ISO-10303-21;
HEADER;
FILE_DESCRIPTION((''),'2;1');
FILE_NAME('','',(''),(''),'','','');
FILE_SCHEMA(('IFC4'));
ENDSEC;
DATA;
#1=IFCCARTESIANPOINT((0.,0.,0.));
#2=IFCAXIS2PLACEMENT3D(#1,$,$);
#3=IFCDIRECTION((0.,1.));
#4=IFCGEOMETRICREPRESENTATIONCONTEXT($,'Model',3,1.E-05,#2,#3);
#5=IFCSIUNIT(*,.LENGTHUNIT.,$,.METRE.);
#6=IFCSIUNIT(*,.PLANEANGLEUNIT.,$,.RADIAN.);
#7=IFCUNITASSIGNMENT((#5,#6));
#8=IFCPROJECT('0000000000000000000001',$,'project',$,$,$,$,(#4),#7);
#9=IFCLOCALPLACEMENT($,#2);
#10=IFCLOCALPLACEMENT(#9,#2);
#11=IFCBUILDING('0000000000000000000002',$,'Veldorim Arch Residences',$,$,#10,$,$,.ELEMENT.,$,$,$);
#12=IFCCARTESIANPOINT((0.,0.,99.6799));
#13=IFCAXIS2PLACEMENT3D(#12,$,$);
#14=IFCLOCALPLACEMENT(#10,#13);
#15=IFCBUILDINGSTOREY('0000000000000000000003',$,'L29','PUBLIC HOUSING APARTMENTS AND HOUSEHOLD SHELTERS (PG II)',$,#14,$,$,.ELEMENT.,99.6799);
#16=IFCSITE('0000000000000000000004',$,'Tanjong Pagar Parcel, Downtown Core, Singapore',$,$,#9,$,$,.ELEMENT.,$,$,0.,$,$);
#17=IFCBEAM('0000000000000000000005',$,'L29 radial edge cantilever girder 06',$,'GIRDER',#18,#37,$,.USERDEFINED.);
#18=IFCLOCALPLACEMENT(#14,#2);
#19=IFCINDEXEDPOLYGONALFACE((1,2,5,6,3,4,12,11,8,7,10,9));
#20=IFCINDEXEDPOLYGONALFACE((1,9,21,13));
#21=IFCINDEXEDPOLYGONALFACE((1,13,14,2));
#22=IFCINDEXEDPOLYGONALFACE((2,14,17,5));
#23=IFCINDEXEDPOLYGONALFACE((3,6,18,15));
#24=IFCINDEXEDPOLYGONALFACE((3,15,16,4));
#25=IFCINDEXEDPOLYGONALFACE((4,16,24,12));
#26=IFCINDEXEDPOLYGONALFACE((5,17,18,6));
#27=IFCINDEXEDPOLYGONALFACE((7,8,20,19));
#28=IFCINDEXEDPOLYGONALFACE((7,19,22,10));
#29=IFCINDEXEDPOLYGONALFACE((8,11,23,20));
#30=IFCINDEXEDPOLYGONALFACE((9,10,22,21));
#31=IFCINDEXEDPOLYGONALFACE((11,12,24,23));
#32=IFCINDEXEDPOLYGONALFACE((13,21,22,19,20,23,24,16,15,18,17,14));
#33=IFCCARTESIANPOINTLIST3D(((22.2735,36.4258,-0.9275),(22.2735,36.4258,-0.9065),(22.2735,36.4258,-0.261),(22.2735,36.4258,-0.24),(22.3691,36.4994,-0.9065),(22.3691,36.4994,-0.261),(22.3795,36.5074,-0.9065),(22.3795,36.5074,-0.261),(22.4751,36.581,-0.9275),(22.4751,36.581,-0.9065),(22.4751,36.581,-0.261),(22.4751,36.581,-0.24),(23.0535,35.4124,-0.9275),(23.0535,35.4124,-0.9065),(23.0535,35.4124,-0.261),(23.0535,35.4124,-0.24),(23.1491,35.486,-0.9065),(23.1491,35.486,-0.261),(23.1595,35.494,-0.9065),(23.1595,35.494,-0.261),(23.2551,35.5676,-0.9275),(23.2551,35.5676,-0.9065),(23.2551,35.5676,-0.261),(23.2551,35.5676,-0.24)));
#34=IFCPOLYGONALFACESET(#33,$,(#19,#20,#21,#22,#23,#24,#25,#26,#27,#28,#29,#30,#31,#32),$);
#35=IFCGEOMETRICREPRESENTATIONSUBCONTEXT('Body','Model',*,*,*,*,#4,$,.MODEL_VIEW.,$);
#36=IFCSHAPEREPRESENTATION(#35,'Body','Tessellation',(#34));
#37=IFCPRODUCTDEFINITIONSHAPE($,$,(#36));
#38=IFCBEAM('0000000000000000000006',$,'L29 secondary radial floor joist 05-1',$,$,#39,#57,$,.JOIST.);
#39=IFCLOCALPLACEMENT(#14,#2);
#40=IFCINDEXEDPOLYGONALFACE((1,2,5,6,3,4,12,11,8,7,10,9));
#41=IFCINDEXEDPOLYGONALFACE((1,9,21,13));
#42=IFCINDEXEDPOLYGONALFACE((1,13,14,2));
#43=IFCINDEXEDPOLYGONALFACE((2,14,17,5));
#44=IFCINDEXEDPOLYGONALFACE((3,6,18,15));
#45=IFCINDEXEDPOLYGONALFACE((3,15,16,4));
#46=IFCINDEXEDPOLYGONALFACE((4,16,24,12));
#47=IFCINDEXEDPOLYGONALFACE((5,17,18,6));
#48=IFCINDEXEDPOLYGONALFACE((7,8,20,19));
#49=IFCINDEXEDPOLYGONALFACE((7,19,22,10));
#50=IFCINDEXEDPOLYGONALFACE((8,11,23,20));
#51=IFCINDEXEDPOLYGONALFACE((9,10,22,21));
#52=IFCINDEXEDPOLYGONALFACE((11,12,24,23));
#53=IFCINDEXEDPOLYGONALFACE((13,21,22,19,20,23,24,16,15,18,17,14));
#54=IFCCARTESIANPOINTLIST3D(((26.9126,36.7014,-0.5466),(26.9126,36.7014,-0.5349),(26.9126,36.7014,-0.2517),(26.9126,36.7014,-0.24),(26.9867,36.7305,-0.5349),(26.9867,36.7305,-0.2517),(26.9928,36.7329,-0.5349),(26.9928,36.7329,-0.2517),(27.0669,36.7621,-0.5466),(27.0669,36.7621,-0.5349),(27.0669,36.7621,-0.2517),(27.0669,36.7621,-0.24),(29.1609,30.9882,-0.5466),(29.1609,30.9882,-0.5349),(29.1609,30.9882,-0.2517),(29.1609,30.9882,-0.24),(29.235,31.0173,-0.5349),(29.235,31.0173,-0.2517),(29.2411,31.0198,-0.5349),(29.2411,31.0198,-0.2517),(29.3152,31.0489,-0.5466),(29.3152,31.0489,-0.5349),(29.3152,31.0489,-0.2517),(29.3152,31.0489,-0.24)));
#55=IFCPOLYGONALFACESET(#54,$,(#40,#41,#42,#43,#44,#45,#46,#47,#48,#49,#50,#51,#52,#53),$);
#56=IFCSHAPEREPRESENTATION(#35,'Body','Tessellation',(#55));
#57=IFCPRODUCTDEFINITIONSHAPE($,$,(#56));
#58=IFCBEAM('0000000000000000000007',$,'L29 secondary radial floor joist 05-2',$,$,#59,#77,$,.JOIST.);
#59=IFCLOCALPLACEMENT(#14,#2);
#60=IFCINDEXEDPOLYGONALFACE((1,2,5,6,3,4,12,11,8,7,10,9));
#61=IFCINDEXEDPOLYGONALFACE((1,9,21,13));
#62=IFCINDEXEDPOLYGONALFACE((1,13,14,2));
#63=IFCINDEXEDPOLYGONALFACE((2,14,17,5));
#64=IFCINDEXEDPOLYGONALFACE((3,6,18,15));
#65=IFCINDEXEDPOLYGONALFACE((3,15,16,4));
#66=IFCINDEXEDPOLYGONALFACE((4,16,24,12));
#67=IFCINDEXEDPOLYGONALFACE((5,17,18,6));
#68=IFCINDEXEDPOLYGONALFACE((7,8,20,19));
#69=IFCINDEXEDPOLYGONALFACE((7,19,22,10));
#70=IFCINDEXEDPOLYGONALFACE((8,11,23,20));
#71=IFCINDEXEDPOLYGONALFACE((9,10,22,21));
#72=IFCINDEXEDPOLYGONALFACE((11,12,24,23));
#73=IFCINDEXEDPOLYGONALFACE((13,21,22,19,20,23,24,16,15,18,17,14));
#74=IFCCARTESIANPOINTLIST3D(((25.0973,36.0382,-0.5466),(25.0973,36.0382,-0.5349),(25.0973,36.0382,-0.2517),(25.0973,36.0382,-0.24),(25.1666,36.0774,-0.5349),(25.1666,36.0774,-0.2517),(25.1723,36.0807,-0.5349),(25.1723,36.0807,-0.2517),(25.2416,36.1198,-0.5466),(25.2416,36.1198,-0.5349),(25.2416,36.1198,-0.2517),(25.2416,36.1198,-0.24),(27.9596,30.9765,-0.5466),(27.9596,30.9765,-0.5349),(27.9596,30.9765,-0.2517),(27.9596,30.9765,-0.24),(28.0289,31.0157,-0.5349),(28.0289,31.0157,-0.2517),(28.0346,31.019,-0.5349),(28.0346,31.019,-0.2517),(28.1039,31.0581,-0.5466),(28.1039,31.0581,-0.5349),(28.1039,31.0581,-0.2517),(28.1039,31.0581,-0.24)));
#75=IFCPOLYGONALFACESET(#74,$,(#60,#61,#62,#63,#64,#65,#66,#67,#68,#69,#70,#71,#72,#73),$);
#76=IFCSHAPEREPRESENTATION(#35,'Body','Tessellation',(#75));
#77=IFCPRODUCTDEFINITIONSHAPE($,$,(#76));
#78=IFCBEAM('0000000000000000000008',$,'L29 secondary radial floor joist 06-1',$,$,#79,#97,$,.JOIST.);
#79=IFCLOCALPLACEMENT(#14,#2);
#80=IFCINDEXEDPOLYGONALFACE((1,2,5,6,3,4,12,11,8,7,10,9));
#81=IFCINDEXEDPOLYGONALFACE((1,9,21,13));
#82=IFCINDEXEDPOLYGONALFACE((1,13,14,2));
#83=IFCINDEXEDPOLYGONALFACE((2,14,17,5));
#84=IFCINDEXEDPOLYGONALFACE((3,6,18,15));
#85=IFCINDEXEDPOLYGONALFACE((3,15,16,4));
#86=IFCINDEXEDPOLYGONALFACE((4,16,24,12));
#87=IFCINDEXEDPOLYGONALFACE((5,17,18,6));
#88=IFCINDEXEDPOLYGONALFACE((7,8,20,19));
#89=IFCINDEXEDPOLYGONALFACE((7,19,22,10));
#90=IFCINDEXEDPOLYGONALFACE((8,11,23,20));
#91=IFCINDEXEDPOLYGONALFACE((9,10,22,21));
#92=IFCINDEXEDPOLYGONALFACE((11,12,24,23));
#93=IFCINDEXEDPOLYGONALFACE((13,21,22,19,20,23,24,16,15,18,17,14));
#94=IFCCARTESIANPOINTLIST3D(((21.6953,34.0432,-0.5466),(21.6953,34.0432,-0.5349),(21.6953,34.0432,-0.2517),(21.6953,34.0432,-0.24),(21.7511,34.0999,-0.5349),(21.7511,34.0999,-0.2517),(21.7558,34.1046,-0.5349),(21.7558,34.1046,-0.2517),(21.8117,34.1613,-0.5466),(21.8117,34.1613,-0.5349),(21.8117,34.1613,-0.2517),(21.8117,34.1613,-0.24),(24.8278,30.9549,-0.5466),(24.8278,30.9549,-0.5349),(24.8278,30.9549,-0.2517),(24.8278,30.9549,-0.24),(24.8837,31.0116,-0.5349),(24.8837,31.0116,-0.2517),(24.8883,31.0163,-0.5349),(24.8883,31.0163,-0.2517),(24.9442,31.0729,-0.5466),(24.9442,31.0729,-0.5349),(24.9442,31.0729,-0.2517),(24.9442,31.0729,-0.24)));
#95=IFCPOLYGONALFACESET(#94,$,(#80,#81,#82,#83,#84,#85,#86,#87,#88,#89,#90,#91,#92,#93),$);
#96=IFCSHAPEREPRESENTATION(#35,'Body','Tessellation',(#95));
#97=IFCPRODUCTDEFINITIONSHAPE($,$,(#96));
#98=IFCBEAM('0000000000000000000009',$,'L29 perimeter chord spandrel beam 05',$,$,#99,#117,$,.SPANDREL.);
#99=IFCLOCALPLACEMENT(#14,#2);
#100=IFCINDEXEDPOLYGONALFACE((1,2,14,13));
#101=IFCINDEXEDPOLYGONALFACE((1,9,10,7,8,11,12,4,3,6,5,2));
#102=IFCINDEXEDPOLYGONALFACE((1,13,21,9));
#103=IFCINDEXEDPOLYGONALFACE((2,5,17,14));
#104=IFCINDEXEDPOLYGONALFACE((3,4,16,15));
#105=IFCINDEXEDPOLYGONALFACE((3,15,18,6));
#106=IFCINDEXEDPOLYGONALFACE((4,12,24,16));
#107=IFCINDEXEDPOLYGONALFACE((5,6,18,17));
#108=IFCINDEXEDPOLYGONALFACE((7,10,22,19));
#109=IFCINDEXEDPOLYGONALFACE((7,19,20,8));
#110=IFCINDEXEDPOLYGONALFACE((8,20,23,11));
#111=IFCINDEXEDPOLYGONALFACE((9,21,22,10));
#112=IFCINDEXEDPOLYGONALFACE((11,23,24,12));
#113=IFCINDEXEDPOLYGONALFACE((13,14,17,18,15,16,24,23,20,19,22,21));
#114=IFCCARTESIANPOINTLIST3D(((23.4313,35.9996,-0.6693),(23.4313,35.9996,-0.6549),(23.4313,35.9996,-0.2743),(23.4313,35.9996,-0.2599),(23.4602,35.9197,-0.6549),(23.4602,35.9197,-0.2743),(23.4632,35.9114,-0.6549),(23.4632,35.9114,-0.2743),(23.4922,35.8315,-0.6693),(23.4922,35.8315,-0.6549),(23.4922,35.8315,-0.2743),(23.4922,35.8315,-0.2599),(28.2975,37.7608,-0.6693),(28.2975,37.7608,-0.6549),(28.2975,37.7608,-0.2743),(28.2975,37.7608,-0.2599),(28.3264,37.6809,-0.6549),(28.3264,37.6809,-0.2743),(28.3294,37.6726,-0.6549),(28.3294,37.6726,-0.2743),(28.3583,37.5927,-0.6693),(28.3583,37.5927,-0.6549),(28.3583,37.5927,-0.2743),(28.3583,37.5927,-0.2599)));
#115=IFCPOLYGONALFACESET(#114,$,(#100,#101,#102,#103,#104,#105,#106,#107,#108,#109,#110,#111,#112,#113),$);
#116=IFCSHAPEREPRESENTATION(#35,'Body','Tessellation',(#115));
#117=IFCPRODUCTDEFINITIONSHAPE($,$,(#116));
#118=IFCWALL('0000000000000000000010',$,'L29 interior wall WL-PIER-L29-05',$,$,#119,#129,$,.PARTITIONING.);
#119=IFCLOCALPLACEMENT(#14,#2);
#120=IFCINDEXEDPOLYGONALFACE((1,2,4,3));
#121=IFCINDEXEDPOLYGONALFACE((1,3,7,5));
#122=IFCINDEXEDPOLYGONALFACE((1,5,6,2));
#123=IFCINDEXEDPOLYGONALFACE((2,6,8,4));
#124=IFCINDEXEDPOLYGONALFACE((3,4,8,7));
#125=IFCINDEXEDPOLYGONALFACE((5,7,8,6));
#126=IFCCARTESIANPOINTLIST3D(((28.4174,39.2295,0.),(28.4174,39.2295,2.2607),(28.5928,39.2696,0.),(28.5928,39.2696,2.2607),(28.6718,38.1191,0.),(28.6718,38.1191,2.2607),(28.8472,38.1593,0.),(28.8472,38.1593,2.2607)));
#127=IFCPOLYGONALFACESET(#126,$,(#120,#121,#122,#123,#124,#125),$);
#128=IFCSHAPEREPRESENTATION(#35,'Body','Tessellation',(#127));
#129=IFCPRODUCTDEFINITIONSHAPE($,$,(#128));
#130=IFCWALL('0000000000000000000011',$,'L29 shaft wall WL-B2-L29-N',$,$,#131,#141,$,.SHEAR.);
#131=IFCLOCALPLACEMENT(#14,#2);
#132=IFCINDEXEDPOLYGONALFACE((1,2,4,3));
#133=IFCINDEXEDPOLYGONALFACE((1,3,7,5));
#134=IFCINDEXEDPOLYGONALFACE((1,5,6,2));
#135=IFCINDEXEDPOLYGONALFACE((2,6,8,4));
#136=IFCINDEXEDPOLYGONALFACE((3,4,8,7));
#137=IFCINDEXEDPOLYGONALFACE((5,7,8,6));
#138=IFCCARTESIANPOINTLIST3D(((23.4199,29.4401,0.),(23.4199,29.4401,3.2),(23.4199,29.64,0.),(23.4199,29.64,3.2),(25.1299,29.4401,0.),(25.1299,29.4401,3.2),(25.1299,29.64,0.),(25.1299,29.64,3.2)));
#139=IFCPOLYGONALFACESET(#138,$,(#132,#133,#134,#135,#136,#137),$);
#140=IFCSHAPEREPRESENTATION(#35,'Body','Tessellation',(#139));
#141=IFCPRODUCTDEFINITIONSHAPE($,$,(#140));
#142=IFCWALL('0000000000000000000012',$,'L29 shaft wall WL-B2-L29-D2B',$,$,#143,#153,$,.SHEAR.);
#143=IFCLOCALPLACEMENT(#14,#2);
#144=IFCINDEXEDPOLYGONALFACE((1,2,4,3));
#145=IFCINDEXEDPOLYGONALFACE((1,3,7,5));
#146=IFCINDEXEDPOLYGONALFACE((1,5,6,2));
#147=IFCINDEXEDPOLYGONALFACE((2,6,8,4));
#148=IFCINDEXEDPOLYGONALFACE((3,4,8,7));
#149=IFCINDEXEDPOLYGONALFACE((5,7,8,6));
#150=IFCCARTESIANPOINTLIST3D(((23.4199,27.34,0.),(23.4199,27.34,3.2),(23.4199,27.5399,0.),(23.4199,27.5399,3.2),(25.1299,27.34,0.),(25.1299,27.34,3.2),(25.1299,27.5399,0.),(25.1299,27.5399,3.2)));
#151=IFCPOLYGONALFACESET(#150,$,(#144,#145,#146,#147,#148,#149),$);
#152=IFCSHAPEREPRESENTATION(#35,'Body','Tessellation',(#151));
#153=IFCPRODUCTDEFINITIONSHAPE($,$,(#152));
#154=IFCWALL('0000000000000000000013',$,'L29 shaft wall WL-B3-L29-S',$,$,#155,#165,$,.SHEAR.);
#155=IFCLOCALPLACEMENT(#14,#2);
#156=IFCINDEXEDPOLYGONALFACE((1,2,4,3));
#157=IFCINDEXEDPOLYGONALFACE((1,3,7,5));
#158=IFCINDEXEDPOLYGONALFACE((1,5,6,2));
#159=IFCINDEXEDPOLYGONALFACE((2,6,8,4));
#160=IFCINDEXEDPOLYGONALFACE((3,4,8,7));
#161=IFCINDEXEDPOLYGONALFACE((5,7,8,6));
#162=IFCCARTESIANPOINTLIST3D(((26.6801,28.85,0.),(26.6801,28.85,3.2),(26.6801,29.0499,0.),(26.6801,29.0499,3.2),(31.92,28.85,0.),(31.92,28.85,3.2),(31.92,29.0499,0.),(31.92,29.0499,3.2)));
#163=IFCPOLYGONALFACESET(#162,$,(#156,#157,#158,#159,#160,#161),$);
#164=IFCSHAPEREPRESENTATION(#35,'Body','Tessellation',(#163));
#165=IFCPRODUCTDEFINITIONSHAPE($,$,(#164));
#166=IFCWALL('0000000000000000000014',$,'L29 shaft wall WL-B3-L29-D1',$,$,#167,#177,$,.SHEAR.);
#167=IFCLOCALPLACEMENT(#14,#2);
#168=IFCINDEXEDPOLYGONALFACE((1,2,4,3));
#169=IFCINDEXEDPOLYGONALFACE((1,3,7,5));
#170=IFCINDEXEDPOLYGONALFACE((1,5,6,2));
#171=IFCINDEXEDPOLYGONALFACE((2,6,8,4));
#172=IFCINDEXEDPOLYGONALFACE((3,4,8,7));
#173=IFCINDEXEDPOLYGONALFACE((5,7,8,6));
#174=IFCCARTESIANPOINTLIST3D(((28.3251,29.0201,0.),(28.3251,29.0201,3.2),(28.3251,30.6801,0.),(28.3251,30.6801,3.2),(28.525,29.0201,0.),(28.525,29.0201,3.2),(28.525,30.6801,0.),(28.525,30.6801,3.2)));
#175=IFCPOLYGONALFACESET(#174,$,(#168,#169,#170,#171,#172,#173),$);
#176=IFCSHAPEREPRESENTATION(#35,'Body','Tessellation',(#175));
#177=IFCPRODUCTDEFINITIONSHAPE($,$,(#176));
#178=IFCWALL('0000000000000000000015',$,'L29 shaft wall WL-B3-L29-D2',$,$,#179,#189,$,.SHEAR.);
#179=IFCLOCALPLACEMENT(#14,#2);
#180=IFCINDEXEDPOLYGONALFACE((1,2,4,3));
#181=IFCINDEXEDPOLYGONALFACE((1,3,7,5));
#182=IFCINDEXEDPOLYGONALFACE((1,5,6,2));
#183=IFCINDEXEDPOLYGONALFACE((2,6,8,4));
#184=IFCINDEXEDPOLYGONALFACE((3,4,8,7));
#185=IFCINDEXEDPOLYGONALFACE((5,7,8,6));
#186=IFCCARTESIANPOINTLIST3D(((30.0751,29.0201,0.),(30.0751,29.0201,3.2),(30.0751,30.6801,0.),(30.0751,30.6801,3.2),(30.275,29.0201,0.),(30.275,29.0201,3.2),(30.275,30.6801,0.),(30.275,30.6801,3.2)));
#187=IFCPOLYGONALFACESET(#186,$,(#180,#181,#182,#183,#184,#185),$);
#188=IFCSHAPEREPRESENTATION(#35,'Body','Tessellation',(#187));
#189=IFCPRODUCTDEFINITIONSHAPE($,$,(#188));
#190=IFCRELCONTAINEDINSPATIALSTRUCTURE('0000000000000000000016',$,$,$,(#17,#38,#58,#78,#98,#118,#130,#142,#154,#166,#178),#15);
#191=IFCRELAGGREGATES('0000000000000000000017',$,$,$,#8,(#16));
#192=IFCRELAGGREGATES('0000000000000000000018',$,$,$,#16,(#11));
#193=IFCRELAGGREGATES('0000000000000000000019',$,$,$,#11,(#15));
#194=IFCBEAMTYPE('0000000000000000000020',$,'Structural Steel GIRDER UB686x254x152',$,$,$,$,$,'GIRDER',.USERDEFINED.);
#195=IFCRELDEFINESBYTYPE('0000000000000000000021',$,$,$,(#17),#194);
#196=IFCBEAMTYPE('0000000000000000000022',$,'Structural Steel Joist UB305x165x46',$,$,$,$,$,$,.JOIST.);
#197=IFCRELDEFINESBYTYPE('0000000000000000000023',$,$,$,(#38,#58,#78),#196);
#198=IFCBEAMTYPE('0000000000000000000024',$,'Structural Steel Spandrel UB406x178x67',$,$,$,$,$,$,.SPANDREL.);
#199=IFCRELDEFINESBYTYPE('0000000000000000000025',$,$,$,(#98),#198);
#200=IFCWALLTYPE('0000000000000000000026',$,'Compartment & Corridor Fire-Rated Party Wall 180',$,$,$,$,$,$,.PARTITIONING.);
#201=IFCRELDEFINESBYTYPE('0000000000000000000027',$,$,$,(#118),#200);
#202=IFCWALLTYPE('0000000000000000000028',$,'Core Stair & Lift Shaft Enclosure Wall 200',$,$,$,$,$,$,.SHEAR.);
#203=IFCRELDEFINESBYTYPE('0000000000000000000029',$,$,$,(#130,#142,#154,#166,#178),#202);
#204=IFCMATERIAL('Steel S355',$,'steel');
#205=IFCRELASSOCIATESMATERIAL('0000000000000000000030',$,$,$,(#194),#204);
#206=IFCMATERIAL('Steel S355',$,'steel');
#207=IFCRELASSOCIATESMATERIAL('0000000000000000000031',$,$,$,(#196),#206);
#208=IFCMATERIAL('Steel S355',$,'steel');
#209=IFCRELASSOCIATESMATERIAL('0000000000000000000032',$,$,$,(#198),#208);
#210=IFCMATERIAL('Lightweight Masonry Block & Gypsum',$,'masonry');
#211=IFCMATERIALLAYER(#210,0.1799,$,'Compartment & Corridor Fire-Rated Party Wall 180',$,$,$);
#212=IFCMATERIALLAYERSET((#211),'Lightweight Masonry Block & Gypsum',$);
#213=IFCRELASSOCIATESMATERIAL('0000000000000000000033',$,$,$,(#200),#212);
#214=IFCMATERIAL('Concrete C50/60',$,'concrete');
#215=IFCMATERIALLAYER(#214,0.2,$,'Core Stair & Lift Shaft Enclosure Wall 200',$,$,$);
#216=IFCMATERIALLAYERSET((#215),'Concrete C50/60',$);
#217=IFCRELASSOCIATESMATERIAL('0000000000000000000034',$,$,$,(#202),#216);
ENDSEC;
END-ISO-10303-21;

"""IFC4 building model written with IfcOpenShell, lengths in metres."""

from ifc_helpers import new_model, si_unit, direction, frame, frame_2d, origin, origin_2d, place, context, subcontext, project, spatial, rectangle, i_section, extrude, material, layer, layer_set, material_profile, profile_set, type_object, element, save


model = new_model("IFC4")

# Units and contexts
model_context = context("Model", 3, precision=1e-05, world=origin(), true_north=direction((0.0, 1.0)))
body_context = subcontext(model_context, "Body", "Model", "MODEL_VIEW")
ifc_project = project(units=[si_unit("LENGTHUNIT", "METRE"), si_unit("PLANEANGLEUNIT", "RADIAN")], contexts=[model_context])

# Site, building, storey
site_placement = place(None, origin())
site = spatial("IfcSite", under=ifc_project, at=site_placement, Name="Tanjong Pagar Parcel, Downtown Core, Singapore", CompositionType="ELEMENT", RefElevation=0.0)
building_placement = place(site_placement, origin())
building = spatial("IfcBuilding", under=site, at=building_placement, Name="Veldorim Arch Residences", CompositionType="ELEMENT")
storey_placement = place(building_placement, frame((0.0, 0.0, 99.6799)))
storey = spatial("IfcBuildingStorey", under=building, at=storey_placement, Name="L29", Description="PUBLIC HOUSING APARTMENTS AND HOUSEHOLD SHELTERS (PG II)", CompositionType="ELEMENT", Elevation=99.6799)

# Beams
ifc_material_1 = material(Name="Steel S355", Category="steel")
ifc_material_profile_1 = material_profile(ifc_material_1, i_section(OverallWidth=0.2544, OverallDepth=0.6875, WebThickness=0.0132, FlangeThickness=0.021, at=origin_2d()), Name="UB686x254x152")
ifc_profile_set_1 = profile_set([ifc_material_profile_1], Name="Steel S355")
beam_type_1 = type_object("IfcBeamType", Name="Structural Steel GIRDER UB686x254x152", ElementType="GIRDER", PredefinedType="USERDEFINED", material=ifc_profile_set_1)
beam_1_placement = place(storey_placement, frame((23.1543, 35.49, -0.5837), z_axis=(-0.609941, 0.792447, 0.0), x_axis=(-0.792447, -0.609941, 0.0)))
element("IfcBeam", 1, at=beam_1_placement, inside=storey, type_object=beam_type_1, Name="L29 radial edge cantilever girder 06", ObjectType="GIRDER", PredefinedType="USERDEFINED", context=body_context, shape_type="SweptSolid", body=[
    extrude(i_section(OverallWidth=0.2544, OverallDepth=0.6875, WebThickness=0.0132, FlangeThickness=0.021, at=origin_2d()), origin(), (0.0, 0.0, 1.0), 1.2788),
])
ifc_material_2 = material(Name="Steel S355", Category="steel")
ifc_material_profile_2 = material_profile(ifc_material_2, i_section(OverallWidth=0.1658, OverallDepth=0.3066, WebThickness=0.0066, FlangeThickness=0.0117, at=origin_2d()), Name="UB305x165x46")
ifc_profile_set_2 = profile_set([ifc_material_profile_2], Name="Steel S355")
beam_type_2 = type_object("IfcBeamType", Name="Structural Steel Joist UB305x165x46", PredefinedType="JOIST", material=ifc_profile_set_2)
beam_2_placement = place(storey_placement, frame((29.238, 31.0186, -0.3933), z_axis=(-0.366195, 0.930538, 0.0), x_axis=(-0.930538, -0.366195, 0.0)))
element("IfcBeam", 2, at=beam_2_placement, inside=storey, type_object=beam_type_2, Name="L29 secondary radial floor joist 05-1", PredefinedType="JOIST", context=body_context, shape_type="SweptSolid", body=[
    extrude(i_section(OverallWidth=0.1658, OverallDepth=0.3066, WebThickness=0.0066, FlangeThickness=0.0117, at=origin_2d()), origin(), (0.0, 0.0, 1.0), 6.1396),
])
beam_3_placement = place(storey_placement, frame((28.0317, 31.0173, -0.3933), z_axis=(-0.492227, 0.870467, 0.0), x_axis=(-0.870467, -0.492227, 0.0)))
element("IfcBeam", 3, at=beam_3_placement, inside=storey, type_object=beam_type_2, Name="L29 secondary radial floor joist 05-2", PredefinedType="JOIST", context=body_context, shape_type="SweptSolid", body=[
    extrude(i_section(OverallWidth=0.1658, OverallDepth=0.3066, WebThickness=0.0066, FlangeThickness=0.0117, at=origin_2d()), origin(), (0.0, 0.0, 1.0), 5.8149),
])
beam_4_placement = place(storey_placement, frame((24.886, 31.0139, -0.3933), z_axis=(-0.712112, 0.702066, 0.0), x_axis=(-0.702066, -0.712112, 0.0)))
element("IfcBeam", 4, at=beam_4_placement, inside=storey, type_object=beam_type_2, Name="L29 secondary radial floor joist 06-1", PredefinedType="JOIST", context=body_context, shape_type="SweptSolid", body=[
    extrude(i_section(OverallWidth=0.1658, OverallDepth=0.3066, WebThickness=0.0066, FlangeThickness=0.0117, at=origin_2d()), origin(), (0.0, 0.0, 1.0), 4.3989),
])
ifc_material_3 = material(Name="Steel S355", Category="steel")
ifc_material_profile_3 = material_profile(ifc_material_3, i_section(OverallWidth=0.1787, OverallDepth=0.4094, WebThickness=0.0088, FlangeThickness=0.0144, at=origin_2d()), Name="UB406x178x67")
ifc_profile_set_3 = profile_set([ifc_material_profile_3], Name="Steel S355")
beam_type_3 = type_object("IfcBeamType", Name="Structural Steel Spandrel UB406x178x67", PredefinedType="SPANDREL", material=ifc_profile_set_3)
beam_5_placement = place(storey_placement, frame((28.3279, 37.6768, -0.4646), z_axis=(-0.940308, -0.340326, 0.0), x_axis=(0.340326, -0.940308, 0.0)))
element("IfcBeam", 5, at=beam_5_placement, inside=storey, type_object=beam_type_3, Name="L29 perimeter chord spandrel beam 05", PredefinedType="SPANDREL", context=body_context, shape_type="SweptSolid", body=[
    extrude(i_section(OverallWidth=0.1787, OverallDepth=0.4094, WebThickness=0.0088, FlangeThickness=0.0144, at=origin_2d()), origin(), (0.0, 0.0, 1.0), 5.175),
])

# Walls
ifc_material_4 = material(Name="Lightweight Masonry Block & Gypsum", Category="masonry")
ifc_layer_1 = layer(ifc_material_4, 0.1799, Name="Compartment & Corridor Fire-Rated Party Wall 180")
ifc_layer_set_1 = layer_set([ifc_layer_1], Name="Lightweight Masonry Block & Gypsum")
wall_type_1 = type_object("IfcWallType", Name="Compartment & Corridor Fire-Rated Party Wall 180", PredefinedType="PARTITIONING", material=ifc_layer_set_1)
wall_1_placement = place(storey_placement, frame((28.7595, 38.1392, 0.0), z_axis=(0.0, 0.0, 1.0), x_axis=(-0.223325, 0.974744, 0.0)))
element("IfcWall", 6, at=wall_1_placement, inside=storey, type_object=wall_type_1, Name="L29 interior wall WL-PIER-L29-05", PredefinedType="PARTITIONING", context=body_context, shape_type="SweptSolid", body=[
    extrude(rectangle(XDim=1.1392, YDim=0.1799, at=frame_2d((0.5696, 0.0))), origin(), (0.0, 0.0, 1.0), 2.2607),
])
ifc_material_5 = material(Name="Concrete C50/60", Category="concrete")
ifc_layer_2 = layer(ifc_material_5, 0.2, Name="Core Stair & Lift Shaft Enclosure Wall 200")
ifc_layer_set_2 = layer_set([ifc_layer_2], Name="Concrete C50/60")
wall_type_2 = type_object("IfcWallType", Name="Core Stair & Lift Shaft Enclosure Wall 200", PredefinedType="SHEAR", material=ifc_layer_set_2)
for number, where, z_axis, x_axis, name in (
    (7, (23.4199, 29.54, 0.0), (0.0, 0.0, 1.0), (1.0, 0.0, 0.0), "L29 shaft wall WL-B2-L29-N"),
    (8, (23.4199, 27.4399, 0.0), (0.0, 0.0, 1.0), (1.0, 0.0, 0.0), "L29 shaft wall WL-B2-L29-D2B"),
):
    element("IfcWall", number, at=place(storey_placement, frame(where, z_axis=z_axis, x_axis=x_axis)), inside=storey, type_object=wall_type_2, Name=name, PredefinedType="SHEAR", context=body_context, shape_type="SweptSolid", body=[
        extrude(rectangle(XDim=1.71, YDim=0.2, at=frame_2d((0.855, 0.0))), origin(), (0.0, 0.0, 1.0), 3.2),
    ])
wall_2_placement = place(storey_placement, frame((26.6799, 28.95, 0.0), z_axis=(0.0, 0.0, 1.0), x_axis=(1.0, 0.0, 0.0)))
element("IfcWall", 9, at=wall_2_placement, inside=storey, type_object=wall_type_2, Name="L29 shaft wall WL-B3-L29-S", PredefinedType="SHEAR", context=body_context, shape_type="SweptSolid", body=[
    extrude(rectangle(XDim=5.24, YDim=0.2, at=frame_2d((2.6201, 0.0))), origin(), (0.0, 0.0, 1.0), 3.2),
])
for number, where, z_axis, x_axis, name in (
    (10, (28.425, 29.02, 0.0), (0.0, 0.0, 1.0), (0.0, 1.0, 0.0), "L29 shaft wall WL-B3-L29-D1"),
    (11, (30.175, 29.02, 0.0), (0.0, 0.0, 1.0), (0.0, 1.0, 0.0), "L29 shaft wall WL-B3-L29-D2"),
):
    element("IfcWall", number, at=place(storey_placement, frame(where, z_axis=z_axis, x_axis=x_axis)), inside=storey, type_object=wall_type_2, Name=name, PredefinedType="SHEAR", context=body_context, shape_type="SweptSolid", body=[
        extrude(rectangle(XDim=1.6599, YDim=0.2, at=frame_2d((0.8301, 0.0))), origin(), (0.0, 0.0, 1.0), 3.2),
    ])

save(model, "model.ifc")
